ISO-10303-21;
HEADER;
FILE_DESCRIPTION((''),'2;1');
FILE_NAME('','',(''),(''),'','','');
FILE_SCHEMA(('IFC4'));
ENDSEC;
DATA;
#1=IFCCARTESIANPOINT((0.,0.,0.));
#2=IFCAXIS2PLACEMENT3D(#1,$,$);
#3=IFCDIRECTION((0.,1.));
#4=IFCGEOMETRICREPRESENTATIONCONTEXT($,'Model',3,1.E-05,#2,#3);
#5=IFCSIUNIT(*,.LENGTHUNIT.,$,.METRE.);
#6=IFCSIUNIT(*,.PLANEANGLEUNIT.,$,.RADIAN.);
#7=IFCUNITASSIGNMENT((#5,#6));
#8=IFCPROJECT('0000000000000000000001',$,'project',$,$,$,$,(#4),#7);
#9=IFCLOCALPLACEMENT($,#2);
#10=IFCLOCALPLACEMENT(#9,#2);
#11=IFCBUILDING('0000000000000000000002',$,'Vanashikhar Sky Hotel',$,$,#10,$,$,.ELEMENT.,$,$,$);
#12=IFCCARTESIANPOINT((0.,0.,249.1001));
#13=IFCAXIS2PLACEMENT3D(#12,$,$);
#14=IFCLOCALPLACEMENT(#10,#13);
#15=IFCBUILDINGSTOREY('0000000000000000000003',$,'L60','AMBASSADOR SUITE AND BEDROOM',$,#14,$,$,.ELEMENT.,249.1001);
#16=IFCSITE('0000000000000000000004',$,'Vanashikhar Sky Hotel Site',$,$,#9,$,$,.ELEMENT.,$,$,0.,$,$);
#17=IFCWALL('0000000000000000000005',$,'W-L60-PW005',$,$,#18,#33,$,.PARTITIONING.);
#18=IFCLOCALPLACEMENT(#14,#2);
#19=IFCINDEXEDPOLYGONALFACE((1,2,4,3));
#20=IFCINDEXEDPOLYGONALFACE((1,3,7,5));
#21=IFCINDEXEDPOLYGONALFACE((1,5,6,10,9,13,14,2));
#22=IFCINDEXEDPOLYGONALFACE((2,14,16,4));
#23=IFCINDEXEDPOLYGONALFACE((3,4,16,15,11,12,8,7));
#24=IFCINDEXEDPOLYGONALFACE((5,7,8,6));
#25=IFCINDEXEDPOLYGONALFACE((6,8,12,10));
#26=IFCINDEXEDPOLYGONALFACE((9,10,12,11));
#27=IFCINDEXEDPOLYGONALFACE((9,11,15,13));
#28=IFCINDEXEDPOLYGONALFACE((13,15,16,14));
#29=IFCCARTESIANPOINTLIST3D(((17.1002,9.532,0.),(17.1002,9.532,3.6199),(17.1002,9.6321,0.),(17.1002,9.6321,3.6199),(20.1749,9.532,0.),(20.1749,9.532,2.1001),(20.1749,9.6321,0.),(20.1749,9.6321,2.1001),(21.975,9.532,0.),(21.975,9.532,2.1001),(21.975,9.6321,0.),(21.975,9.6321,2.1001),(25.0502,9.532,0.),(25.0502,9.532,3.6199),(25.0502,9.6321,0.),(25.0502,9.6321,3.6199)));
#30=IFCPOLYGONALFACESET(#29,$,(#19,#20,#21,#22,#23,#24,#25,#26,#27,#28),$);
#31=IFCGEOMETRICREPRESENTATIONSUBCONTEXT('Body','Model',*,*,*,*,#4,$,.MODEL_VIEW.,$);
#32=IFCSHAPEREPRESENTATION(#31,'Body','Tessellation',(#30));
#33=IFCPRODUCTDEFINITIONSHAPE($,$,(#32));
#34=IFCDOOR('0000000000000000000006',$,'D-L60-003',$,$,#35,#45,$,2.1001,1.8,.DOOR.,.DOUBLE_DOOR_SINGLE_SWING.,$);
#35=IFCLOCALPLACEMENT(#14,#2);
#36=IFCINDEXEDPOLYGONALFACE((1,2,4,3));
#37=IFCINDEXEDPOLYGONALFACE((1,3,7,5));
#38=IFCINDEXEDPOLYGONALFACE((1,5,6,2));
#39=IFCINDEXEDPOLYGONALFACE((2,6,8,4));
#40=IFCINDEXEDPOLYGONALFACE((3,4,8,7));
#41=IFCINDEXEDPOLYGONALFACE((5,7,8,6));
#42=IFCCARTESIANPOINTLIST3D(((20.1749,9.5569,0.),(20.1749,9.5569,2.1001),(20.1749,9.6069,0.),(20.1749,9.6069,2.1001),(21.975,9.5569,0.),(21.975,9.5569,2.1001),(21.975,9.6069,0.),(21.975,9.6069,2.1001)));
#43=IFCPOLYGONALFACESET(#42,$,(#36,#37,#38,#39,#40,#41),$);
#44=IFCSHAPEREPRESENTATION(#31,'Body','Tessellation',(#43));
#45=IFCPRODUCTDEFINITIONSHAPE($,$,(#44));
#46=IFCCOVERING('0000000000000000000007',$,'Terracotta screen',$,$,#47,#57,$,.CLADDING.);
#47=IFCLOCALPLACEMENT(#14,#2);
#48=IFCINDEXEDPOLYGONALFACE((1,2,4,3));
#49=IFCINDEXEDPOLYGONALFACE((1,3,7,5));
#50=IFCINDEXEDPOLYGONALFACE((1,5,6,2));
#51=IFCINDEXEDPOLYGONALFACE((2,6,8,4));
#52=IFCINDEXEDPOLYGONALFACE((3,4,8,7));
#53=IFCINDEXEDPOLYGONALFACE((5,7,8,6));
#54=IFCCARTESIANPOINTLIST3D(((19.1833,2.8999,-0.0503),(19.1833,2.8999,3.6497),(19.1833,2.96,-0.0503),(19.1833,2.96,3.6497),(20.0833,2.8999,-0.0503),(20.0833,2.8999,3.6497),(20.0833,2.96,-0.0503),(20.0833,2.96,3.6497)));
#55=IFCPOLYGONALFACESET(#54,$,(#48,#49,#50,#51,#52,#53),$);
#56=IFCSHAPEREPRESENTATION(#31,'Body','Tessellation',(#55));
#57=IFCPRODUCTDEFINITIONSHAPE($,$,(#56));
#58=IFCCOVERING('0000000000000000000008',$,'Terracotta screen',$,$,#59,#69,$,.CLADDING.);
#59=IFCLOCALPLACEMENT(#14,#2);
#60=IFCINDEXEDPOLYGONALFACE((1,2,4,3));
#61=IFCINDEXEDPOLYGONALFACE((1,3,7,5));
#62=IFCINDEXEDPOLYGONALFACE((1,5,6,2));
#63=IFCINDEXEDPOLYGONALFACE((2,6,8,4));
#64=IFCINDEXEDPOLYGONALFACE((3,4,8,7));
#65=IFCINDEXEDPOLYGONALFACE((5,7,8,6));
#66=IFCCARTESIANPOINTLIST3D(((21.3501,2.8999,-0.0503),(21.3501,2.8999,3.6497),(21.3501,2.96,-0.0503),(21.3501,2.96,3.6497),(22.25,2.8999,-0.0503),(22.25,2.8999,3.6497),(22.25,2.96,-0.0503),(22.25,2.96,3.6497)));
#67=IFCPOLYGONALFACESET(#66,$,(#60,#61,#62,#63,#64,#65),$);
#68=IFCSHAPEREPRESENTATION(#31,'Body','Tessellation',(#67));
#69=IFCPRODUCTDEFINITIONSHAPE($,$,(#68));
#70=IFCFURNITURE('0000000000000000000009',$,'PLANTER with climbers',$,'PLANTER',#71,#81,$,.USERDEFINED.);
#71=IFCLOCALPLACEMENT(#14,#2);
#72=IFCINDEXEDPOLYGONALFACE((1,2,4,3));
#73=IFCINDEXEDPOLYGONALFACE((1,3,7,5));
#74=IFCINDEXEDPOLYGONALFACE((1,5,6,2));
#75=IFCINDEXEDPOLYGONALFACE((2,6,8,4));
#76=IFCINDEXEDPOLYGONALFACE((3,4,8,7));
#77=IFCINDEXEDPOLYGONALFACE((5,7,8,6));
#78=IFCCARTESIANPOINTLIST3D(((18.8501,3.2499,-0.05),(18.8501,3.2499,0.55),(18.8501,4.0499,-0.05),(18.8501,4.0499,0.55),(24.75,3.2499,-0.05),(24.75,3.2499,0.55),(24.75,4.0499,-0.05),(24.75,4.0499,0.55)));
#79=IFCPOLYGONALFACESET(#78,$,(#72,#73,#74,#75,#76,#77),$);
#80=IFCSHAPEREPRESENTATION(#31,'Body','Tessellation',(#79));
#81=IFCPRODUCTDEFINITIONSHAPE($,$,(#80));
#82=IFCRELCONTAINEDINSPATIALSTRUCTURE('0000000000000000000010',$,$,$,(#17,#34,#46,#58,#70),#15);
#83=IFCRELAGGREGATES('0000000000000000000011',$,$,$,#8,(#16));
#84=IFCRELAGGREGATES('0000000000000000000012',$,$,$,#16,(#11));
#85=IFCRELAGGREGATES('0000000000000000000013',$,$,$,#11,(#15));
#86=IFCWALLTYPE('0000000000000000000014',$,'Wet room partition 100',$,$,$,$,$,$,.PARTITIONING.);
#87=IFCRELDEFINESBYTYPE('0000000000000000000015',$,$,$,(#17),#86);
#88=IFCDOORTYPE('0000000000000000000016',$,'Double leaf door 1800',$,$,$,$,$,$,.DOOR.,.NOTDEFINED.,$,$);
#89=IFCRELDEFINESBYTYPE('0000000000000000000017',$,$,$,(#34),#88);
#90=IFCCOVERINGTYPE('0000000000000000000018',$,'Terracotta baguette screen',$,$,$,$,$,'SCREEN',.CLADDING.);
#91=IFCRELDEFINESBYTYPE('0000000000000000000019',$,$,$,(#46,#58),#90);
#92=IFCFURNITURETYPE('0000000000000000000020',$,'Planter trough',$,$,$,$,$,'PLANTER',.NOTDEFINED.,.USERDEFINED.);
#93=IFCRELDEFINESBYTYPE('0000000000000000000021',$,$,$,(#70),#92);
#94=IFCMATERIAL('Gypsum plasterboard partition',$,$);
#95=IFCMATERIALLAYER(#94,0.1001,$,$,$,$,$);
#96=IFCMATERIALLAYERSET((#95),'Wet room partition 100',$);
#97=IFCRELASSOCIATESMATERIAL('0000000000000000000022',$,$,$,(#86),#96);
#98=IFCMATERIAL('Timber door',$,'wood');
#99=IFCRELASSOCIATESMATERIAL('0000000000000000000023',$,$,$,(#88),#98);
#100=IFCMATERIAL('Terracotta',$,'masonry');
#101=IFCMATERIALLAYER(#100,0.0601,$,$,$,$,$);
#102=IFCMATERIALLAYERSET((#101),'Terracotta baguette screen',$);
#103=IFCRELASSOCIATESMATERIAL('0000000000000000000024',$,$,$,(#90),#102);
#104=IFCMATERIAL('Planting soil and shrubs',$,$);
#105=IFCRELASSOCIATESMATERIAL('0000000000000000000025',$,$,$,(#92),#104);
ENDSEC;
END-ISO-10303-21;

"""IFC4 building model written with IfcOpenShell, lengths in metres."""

from ifc_helpers import new_model, si_unit, direction, frame, frame_2d, origin, origin_2d, place, context, subcontext, project, spatial, rectangle, extrude, source, transform, mapped, material, layer, layer_set, type_object, element, fill, save


model = new_model("IFC4")

# Units and contexts
model_context = context("Model", 3, precision=1e-05, world=origin(), true_north=direction((0.0, 1.0)))
body_context = subcontext(model_context, "Body", "Model", "MODEL_VIEW")
ifc_project = project(units=[si_unit("LENGTHUNIT", "METRE"), si_unit("PLANEANGLEUNIT", "RADIAN")], contexts=[model_context])

# Site, building, storey
site_placement = place(None, origin())
site = spatial("IfcSite", under=ifc_project, at=site_placement, Name="Vanashikhar Sky Hotel Site", CompositionType="ELEMENT", RefElevation=0.0)
building_placement = place(site_placement, origin())
building = spatial("IfcBuilding", under=site, at=building_placement, Name="Vanashikhar Sky Hotel", CompositionType="ELEMENT")
storey_placement = place(building_placement, frame((0.0, 0.0, 249.1001)))
storey = spatial("IfcBuildingStorey", under=building, at=storey_placement, Name="L60", Description="AMBASSADOR SUITE AND BEDROOM", CompositionType="ELEMENT", Elevation=249.1001)

# Shared definitions
ifc_material_1 = material(Name="Gypsum plasterboard partition")
ifc_layer_1 = layer(ifc_material_1, 0.1001)
ifc_layer_set_1 = layer_set([ifc_layer_1], Name="Wet room partition 100")
wall_type_1 = type_object("IfcWallType", Name="Wet room partition 100", PredefinedType="PARTITIONING", material=ifc_layer_set_1)
ifc_material_2 = material(Name="Timber door", Category="wood")

# Wall, opening, door
shared_shape_1 = source(origin(), body_context, "Body", "SweptSolid", [
    extrude(rectangle(XDim=7.95, YDim=0.1001, at=frame_2d((3.9751, 0.0))), origin(), (0.0, 0.0, 1.0), 3.6199),
])
wall_1_placement = place(storey_placement, frame((17.1001, 9.582, 0.0), z_axis=(0.0, 0.0, 1.0), x_axis=(1.0, 0.0, 0.0)))
wall_1 = element("IfcWall", 1, at=wall_1_placement, inside=storey, type_object=wall_type_1, Name="W-L60-PW005", PredefinedType="PARTITIONING", context=body_context, shape_type="MappedRepresentation", body=[
    mapped(shared_shape_1, transform((0.0, 0.0, 0.0), scale=1.0)),
])
shared_shape_2 = source(origin(), body_context, "Body", "SweptSolid", [
    extrude(rectangle(XDim=1.8, YDim=2.1001, at=frame_2d((0.8999, 1.05))), frame((0.0, 0.0601, 0.0), z_axis=(0.0, -1.0, 0.0), x_axis=(1.0, 0.0, 0.0)), (0.0, 0.0, 1.0), 0.1201),
])
opening_1_placement = place(wall_1_placement, frame((3.075, 0.0, 0.0)))
opening_1 = element("IfcOpeningElement", 2, at=opening_1_placement, cuts=wall_1, PredefinedType="OPENING", context=body_context, shape_type="MappedRepresentation", body=[
    mapped(shared_shape_2, transform((0.0, 0.0, 0.0), scale=1.0)),
])
door_type_1 = type_object("IfcDoorType", Name="Double leaf door 1800", OperationType="NOTDEFINED", PredefinedType="DOOR", material=ifc_material_2)
shared_shape_3 = source(origin(), body_context, "Body", "SweptSolid", [
    extrude(rectangle(XDim=1.8, YDim=2.1001, at=frame_2d((0.8999, 1.05))), frame((0.0, 0.0249, 0.0), z_axis=(0.0, -1.0, 0.0), x_axis=(1.0, 0.0, 0.0)), (0.0, 0.0, 1.0), 0.05),
])
door_1_placement = place(opening_1_placement, origin())
door_1 = element("IfcDoor", 3, at=door_1_placement, inside=storey, type_object=door_type_1, Name="D-L60-003", OperationType="DOUBLE_DOOR_SINGLE_SWING", OverallHeight=2.1001, OverallWidth=1.8, PredefinedType="DOOR", context=body_context, shape_type="MappedRepresentation", body=[
    mapped(shared_shape_3, transform((0.0, 0.0, 0.0), scale=1.0)),
])
fill(opening_1, door_1)

# Coverings
ifc_material_3 = material(Name="Terracotta", Category="masonry")
ifc_layer_2 = layer(ifc_material_3, 0.0601)
ifc_layer_set_2 = layer_set([ifc_layer_2], Name="Terracotta baguette screen")
covering_type = type_object("IfcCoveringType", Name="Terracotta baguette screen", ElementType="SCREEN", PredefinedType="CLADDING", material=ifc_layer_set_2)
shared_shape_4 = source(origin(), body_context, "Body", "SweptSolid", [
    extrude(rectangle(XDim=0.8999, YDim=0.0601, at=origin_2d()), origin(), (0.0, 0.0, 1.0), 3.7),
])
for number, where, z_axis, x_axis, name in (
    (4, (19.6333, 2.9299, -0.0503), (0.0, 0.0, 1.0), (1.0, 0.0, 0.0), "Terracotta screen"),
    (5, (21.8, 2.9299, -0.0503), (0.0, 0.0, 1.0), (1.0, 0.0, 0.0), "Terracotta screen"),
):
    element("IfcCovering", number, at=place(storey_placement, frame(where, z_axis=z_axis, x_axis=x_axis)), inside=storey, type_object=covering_type, Name=name, PredefinedType="CLADDING", context=body_context, shape_type="MappedRepresentation", body=[
        mapped(shared_shape_4, transform((0.0, 0.0, 0.0), scale=1.0)),
    ])

# Furniture
ifc_material_4 = material(Name="Planting soil and shrubs")
furniture_type = type_object("IfcFurnitureType", Name="Planter trough", ElementType="PLANTER", AssemblyPlace="NOTDEFINED", PredefinedType="USERDEFINED", material=ifc_material_4)
shared_shape_5 = source(origin(), body_context, "Body", "SweptSolid", [
    extrude(rectangle(XDim=5.8999, YDim=0.8, at=origin_2d()), origin(), (0.0, 0.0, 1.0), 0.6001),
])
furniture_placement = place(storey_placement, frame((21.8, 3.6499, -0.05), z_axis=(0.0, 0.0, 1.0), x_axis=(1.0, 0.0, 0.0)))
element("IfcFurniture", 6, at=furniture_placement, inside=storey, type_object=furniture_type, Name="PLANTER with climbers", ObjectType="PLANTER", PredefinedType="USERDEFINED", context=body_context, shape_type="MappedRepresentation", body=[
    mapped(shared_shape_5, transform((0.0, 0.0, 0.0), scale=1.0)),
])

save(model, "model.ifc")
